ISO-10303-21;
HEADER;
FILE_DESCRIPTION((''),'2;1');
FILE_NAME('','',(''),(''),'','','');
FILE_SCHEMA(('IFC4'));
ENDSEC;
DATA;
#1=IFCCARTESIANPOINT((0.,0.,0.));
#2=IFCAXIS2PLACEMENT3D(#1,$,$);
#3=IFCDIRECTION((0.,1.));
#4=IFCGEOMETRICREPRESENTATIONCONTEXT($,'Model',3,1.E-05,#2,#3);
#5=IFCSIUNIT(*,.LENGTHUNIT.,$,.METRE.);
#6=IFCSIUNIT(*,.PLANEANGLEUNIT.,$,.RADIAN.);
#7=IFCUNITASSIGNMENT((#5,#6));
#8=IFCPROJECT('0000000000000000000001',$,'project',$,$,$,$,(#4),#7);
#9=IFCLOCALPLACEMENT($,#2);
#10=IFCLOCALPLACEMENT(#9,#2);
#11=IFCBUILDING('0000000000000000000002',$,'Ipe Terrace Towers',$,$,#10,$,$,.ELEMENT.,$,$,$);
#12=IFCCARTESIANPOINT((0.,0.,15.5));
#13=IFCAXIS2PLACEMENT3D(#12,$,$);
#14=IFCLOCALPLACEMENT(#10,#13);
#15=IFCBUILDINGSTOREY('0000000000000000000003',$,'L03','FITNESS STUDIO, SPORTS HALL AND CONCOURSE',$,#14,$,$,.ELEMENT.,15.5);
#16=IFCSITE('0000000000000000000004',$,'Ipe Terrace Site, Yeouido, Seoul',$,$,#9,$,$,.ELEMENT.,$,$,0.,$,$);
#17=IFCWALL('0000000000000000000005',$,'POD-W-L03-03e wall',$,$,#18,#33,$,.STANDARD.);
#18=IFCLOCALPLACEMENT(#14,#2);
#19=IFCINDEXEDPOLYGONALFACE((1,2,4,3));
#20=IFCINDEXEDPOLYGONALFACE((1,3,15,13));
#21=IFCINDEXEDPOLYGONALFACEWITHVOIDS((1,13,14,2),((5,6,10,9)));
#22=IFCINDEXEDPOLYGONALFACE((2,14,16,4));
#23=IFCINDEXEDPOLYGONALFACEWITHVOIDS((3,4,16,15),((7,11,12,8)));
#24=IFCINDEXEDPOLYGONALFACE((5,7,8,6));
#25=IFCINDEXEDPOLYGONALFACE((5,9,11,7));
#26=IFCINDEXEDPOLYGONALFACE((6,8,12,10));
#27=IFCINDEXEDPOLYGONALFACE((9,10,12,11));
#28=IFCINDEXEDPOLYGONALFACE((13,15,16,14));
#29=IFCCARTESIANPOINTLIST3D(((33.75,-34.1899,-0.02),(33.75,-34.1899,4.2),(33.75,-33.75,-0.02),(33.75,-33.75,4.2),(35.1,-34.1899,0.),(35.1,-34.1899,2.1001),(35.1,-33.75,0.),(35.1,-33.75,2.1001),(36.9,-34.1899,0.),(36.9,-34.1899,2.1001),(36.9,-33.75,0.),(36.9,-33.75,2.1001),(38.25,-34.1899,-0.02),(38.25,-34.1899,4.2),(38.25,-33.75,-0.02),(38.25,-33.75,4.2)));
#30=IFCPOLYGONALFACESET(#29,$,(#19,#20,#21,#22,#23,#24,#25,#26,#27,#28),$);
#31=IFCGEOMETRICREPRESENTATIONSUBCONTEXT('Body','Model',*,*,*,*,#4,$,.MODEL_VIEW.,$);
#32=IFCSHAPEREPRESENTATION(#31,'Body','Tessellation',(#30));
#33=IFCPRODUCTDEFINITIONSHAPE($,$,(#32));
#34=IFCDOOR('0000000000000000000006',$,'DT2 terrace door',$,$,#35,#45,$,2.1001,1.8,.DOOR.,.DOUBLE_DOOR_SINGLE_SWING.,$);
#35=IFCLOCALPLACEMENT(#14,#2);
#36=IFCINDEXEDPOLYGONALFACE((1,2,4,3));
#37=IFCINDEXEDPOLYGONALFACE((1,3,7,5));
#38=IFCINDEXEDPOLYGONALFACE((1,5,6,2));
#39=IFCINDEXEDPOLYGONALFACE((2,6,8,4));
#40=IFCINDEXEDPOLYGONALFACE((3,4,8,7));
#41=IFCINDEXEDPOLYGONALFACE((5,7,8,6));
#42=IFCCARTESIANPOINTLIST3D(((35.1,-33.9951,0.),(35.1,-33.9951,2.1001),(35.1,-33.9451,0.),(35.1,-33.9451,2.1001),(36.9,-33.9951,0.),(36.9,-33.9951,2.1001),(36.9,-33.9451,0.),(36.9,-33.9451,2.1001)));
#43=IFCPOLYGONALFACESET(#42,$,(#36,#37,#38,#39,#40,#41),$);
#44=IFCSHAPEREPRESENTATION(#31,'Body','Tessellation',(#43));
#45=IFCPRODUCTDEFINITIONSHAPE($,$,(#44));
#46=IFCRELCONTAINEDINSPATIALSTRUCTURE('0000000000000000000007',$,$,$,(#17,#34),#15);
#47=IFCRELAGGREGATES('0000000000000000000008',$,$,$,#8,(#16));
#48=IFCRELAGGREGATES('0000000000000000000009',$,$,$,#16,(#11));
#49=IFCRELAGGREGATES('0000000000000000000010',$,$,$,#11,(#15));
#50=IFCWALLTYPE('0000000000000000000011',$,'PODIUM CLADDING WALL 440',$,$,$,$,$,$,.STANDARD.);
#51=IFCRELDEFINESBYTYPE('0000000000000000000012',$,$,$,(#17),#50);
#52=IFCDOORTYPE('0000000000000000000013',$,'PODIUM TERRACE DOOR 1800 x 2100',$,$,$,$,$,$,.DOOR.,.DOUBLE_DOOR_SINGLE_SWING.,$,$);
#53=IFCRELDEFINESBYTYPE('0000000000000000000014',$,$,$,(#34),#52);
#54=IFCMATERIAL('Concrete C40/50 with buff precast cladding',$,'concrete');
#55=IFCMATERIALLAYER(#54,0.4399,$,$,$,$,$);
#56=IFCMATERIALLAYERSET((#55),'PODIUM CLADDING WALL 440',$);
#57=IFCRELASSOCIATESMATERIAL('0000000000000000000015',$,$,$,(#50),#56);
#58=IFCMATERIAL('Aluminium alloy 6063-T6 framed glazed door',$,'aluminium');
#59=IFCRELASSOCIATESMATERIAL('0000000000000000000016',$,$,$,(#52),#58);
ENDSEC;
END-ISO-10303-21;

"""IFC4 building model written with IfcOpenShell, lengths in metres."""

from ifc_helpers import new_model, si_unit, direction, frame, frame_2d, origin, place, context, subcontext, project, spatial, rectangle, extrude, material, layer, layer_set, type_object, element, fill, save


model = new_model("IFC4")

# Units and contexts
model_context = context("Model", 3, precision=1e-05, world=origin(), true_north=direction((0.0, 1.0)))
body_context = subcontext(model_context, "Body", "Model", "MODEL_VIEW")
ifc_project = project(units=[si_unit("LENGTHUNIT", "METRE"), si_unit("PLANEANGLEUNIT", "RADIAN")], contexts=[model_context])

# Site, building, storey
site_placement = place(None, origin())
site = spatial("IfcSite", under=ifc_project, at=site_placement, Name="Ipe Terrace Site, Yeouido, Seoul", CompositionType="ELEMENT", RefElevation=0.0)
building_placement = place(site_placement, origin())
building = spatial("IfcBuilding", under=site, at=building_placement, Name="Ipe Terrace Towers", CompositionType="ELEMENT")
storey_placement = place(building_placement, frame((0.0, 0.0, 15.5)))
storey = spatial("IfcBuildingStorey", under=building, at=storey_placement, Name="L03", Description="FITNESS STUDIO, SPORTS HALL AND CONCOURSE", CompositionType="ELEMENT", Elevation=15.5)

# Wall, opening, door
ifc_material_1 = material(Name="Concrete C40/50 with buff precast cladding", Category="concrete")
ifc_layer_1 = layer(ifc_material_1, 0.4399)
ifc_layer_set_1 = layer_set([ifc_layer_1], Name="PODIUM CLADDING WALL 440")
wall_type_1 = type_object("IfcWallType", Name="PODIUM CLADDING WALL 440", PredefinedType="STANDARD", material=ifc_layer_set_1)
wall_1_placement = place(storey_placement, frame((33.75, -33.97, -0.02), z_axis=(0.0, 0.0, 1.0), x_axis=(1.0, 0.0, 0.0)))
wall_1 = element("IfcWall", 1, at=wall_1_placement, inside=storey, type_object=wall_type_1, Name="POD-W-L03-03e wall", PredefinedType="STANDARD", context=body_context, shape_type="SweptSolid", body=[
    extrude(rectangle(XDim=4.5, YDim=0.4399, at=frame_2d((2.25, 0.0))), origin(), (0.0, 0.0, 1.0), 4.22),
])
opening_1_placement = place(wall_1_placement, frame((1.3501, 0.0, 0.02)))
opening_1 = element("IfcOpeningElement", 2, at=opening_1_placement, cuts=wall_1, PredefinedType="OPENING", context=body_context, shape_type="SweptSolid", body=[
    extrude(rectangle(XDim=1.8, YDim=2.1001, at=frame_2d((0.8999, 1.05))), frame((0.0, 0.23, 0.0), z_axis=(0.0, -1.0, 0.0), x_axis=(1.0, 0.0, 0.0)), (0.0, 0.0, 1.0), 0.46),
])
ifc_material_2 = material(Name="Aluminium alloy 6063-T6 framed glazed door", Category="aluminium")
door_type_1 = type_object("IfcDoorType", Name="PODIUM TERRACE DOOR 1800 x 2100", OperationType="DOUBLE_DOOR_SINGLE_SWING", PredefinedType="DOOR", material=ifc_material_2)
door_1_placement = place(opening_1_placement, origin())
door_1 = element("IfcDoor", 3, at=door_1_placement, inside=storey, type_object=door_type_1, Name="DT2 terrace door", OperationType="DOUBLE_DOOR_SINGLE_SWING", OverallHeight=2.1001, OverallWidth=1.8, PredefinedType="DOOR", context=body_context, shape_type="SweptSolid", body=[
    extrude(rectangle(XDim=1.8, YDim=2.1001, at=frame_2d((0.8999, 1.05))), frame((0.0, 0.0249, 0.0), z_axis=(0.0, -1.0, 0.0), x_axis=(1.0, 0.0, 0.0)), (0.0, 0.0, 1.0), 0.05),
])
fill(opening_1, door_1)

save(model, "model.ifc")
